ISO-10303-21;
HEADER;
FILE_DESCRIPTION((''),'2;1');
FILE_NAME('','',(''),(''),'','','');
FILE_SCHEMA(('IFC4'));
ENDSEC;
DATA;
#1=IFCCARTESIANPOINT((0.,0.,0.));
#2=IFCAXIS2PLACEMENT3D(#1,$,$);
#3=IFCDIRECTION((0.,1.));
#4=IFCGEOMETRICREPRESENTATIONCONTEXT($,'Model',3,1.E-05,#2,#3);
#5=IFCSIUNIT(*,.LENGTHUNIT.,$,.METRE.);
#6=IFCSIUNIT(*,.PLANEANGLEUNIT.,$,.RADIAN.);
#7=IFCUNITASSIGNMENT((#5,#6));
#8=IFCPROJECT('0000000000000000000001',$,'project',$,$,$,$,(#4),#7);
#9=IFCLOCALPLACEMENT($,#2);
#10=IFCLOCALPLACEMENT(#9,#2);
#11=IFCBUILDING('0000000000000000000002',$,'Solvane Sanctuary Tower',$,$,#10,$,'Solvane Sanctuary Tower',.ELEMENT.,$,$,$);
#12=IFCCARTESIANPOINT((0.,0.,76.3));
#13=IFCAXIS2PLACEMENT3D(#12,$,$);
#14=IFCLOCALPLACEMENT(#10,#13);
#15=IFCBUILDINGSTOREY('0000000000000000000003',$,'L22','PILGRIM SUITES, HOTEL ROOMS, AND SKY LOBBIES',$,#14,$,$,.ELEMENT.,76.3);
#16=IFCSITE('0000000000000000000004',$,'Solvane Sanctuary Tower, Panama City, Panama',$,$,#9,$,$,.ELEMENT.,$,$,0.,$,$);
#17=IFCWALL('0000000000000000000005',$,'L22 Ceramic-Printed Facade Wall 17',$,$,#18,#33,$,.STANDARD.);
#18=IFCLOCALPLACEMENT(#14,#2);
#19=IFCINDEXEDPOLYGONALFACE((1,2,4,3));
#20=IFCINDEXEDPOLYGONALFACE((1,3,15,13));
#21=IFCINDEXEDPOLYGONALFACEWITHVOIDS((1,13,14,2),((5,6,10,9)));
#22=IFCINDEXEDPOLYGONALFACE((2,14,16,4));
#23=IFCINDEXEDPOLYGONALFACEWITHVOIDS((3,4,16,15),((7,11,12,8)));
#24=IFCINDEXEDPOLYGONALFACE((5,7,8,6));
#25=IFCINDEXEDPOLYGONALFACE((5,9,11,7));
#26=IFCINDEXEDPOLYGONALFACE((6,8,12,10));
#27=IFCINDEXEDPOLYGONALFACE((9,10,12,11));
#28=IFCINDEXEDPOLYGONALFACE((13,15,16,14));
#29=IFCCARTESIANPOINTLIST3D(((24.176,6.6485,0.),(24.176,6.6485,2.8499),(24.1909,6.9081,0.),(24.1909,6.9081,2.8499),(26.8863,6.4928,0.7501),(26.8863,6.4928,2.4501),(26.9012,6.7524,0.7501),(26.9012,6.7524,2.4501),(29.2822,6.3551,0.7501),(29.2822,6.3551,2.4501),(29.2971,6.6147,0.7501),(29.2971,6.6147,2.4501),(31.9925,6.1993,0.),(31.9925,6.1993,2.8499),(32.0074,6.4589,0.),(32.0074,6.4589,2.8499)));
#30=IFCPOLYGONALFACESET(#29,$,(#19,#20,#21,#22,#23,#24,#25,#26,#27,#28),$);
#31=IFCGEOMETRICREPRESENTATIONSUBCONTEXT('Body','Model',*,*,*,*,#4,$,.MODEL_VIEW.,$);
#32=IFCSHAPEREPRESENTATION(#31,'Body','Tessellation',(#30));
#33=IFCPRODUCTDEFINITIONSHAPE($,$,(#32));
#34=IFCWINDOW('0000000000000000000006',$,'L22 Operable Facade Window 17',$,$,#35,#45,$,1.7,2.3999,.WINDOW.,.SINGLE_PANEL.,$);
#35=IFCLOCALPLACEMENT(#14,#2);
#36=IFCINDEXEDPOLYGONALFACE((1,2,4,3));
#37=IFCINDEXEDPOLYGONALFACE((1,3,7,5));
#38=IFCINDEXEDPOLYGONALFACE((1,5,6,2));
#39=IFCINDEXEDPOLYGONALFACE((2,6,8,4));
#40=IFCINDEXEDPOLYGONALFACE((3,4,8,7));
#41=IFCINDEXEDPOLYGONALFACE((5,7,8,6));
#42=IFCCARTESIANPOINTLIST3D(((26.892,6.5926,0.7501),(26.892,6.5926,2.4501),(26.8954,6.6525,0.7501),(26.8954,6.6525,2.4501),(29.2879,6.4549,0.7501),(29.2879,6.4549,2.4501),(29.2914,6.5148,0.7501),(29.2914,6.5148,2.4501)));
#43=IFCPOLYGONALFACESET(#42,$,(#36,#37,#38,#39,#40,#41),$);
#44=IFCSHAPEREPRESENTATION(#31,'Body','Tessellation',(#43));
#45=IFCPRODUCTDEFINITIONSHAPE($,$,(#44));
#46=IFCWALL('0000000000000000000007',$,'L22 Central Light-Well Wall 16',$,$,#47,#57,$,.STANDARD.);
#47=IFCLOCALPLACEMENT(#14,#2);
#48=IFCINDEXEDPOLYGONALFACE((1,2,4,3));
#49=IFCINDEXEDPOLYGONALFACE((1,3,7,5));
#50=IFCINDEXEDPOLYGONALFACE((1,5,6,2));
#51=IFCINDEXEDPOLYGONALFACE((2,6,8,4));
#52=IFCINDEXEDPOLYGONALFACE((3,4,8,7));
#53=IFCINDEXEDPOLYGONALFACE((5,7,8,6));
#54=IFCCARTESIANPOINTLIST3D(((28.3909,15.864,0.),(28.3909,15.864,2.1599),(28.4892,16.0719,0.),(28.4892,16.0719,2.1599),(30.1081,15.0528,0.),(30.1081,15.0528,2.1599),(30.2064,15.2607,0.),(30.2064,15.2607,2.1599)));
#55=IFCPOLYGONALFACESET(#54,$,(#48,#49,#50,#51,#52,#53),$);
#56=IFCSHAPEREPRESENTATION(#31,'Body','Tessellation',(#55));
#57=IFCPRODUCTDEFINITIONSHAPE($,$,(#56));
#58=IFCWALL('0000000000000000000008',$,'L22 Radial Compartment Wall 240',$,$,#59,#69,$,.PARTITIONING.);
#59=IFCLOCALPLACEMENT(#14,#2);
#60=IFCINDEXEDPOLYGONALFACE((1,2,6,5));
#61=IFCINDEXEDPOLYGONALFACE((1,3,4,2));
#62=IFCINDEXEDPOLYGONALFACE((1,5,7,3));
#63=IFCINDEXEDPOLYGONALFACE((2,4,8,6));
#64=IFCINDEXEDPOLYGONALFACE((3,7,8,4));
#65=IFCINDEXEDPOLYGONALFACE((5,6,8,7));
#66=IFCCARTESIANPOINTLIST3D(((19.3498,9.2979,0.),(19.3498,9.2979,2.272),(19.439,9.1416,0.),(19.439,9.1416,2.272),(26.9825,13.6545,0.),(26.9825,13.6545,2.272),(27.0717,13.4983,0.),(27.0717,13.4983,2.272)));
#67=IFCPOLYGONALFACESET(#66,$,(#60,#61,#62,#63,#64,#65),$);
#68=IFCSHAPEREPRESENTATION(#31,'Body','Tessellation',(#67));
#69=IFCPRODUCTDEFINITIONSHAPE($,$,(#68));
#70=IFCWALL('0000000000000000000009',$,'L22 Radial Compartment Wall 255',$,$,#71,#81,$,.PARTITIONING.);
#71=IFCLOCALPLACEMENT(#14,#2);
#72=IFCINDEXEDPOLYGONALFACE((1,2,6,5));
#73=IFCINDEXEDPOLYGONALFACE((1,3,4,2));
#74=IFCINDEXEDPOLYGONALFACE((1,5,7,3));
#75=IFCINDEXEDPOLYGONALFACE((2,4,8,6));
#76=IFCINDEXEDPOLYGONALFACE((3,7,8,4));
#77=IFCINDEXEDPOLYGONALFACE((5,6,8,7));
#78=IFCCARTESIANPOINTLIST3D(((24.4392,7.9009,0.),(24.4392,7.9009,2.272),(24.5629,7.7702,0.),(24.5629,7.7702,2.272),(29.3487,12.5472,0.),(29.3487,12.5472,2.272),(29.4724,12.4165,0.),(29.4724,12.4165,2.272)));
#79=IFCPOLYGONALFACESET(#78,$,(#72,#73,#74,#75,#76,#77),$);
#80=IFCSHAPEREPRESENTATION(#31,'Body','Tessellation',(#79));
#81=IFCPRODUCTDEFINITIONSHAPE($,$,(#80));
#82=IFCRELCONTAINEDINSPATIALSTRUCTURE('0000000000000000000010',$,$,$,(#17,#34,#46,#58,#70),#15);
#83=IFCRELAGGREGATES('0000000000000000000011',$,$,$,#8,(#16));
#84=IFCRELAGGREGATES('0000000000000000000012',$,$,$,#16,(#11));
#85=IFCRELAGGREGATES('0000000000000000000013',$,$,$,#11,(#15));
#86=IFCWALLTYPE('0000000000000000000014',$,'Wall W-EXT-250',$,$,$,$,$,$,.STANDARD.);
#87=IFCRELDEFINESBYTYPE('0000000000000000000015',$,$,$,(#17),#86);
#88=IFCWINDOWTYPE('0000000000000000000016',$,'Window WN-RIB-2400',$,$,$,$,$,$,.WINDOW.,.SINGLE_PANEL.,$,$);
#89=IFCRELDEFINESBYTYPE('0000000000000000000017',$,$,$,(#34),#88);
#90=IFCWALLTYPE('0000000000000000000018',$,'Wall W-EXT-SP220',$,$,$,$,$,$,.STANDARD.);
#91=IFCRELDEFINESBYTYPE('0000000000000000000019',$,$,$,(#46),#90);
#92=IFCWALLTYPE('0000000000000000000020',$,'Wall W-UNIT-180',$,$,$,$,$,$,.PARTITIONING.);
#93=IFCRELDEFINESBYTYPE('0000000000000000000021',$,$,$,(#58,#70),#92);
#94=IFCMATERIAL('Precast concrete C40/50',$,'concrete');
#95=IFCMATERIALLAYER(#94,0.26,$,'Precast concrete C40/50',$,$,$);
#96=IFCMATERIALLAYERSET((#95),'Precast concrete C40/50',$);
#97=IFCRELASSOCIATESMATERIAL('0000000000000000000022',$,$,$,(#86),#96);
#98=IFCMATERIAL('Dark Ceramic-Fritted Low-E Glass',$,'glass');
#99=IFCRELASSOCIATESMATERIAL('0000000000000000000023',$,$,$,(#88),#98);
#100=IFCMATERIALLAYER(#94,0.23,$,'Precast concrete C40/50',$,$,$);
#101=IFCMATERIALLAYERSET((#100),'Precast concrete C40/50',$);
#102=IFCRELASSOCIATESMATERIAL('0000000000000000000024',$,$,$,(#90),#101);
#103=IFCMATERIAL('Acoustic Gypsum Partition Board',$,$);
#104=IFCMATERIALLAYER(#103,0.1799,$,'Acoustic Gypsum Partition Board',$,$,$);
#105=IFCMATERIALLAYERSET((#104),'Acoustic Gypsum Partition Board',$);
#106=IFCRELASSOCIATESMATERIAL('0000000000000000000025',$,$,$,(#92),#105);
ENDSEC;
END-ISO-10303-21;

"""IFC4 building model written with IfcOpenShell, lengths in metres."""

from ifc_helpers import new_model, si_unit, direction, frame, frame_2d, origin, place, context, subcontext, project, spatial, rectangle, extrude, material, layer, layer_set, type_object, element, fill, save


model = new_model("IFC4")

# Units and contexts
model_context = context("Model", 3, precision=1e-05, world=origin(), true_north=direction((0.0, 1.0)))
body_context = subcontext(model_context, "Body", "Model", "MODEL_VIEW")
ifc_project = project(units=[si_unit("LENGTHUNIT", "METRE"), si_unit("PLANEANGLEUNIT", "RADIAN")], contexts=[model_context])

# Site, building, storey
site_placement = place(None, origin())
site = spatial("IfcSite", under=ifc_project, at=site_placement, Name="Solvane Sanctuary Tower, Panama City, Panama", CompositionType="ELEMENT", RefElevation=0.0)
building_placement = place(site_placement, origin())
building = spatial("IfcBuilding", under=site, at=building_placement, Name="Solvane Sanctuary Tower", LongName="Solvane Sanctuary Tower", CompositionType="ELEMENT")
storey_placement = place(building_placement, frame((0.0, 0.0, 76.3)))
storey = spatial("IfcBuildingStorey", under=building, at=storey_placement, Name="L22", Description="PILGRIM SUITES, HOTEL ROOMS, AND SKY LOBBIES", CompositionType="ELEMENT", Elevation=76.3)

# Shared definitions
ifc_material_1 = material(Name="Acoustic Gypsum Partition Board")

# Wall, opening, window
ifc_material_2 = material(Name="Precast concrete C40/50", Category="concrete")
ifc_layer_1 = layer(ifc_material_2, 0.26, Name="Precast concrete C40/50")
ifc_layer_set_1 = layer_set([ifc_layer_1], Name="Precast concrete C40/50")
wall_type_1 = type_object("IfcWallType", Name="Wall W-EXT-250", PredefinedType="STANDARD", material=ifc_layer_set_1)
wall_1_placement = place(storey_placement, frame((24.1836, 6.7783, 0.0), z_axis=(0.0, 0.0, 1.0), x_axis=(0.998353, -0.057377, 0.0)))
wall_1 = element("IfcWall", 1, at=wall_1_placement, inside=storey, type_object=wall_type_1, Name="L22 Ceramic-Printed Facade Wall 17", PredefinedType="STANDARD", context=body_context, shape_type="SweptSolid", body=[
    extrude(rectangle(XDim=7.8293, YDim=0.26, at=frame_2d((3.9146, 0.0))), origin(), (0.0, 0.0, 1.0), 2.8499),
])
opening_1_placement = place(wall_1_placement, frame((2.7146, 0.0, 0.75)))
opening_1 = element("IfcOpeningElement", 2, at=opening_1_placement, cuts=wall_1, PredefinedType="OPENING", context=body_context, shape_type="SweptSolid", body=[
    extrude(rectangle(XDim=2.3999, YDim=1.7, at=frame_2d((1.2, 0.8501))), frame((0.0, 0.1399, 0.0), z_axis=(0.0, -1.0, 0.0), x_axis=(1.0, 0.0, 0.0)), (0.0, 0.0, 1.0), 0.28),
])
ifc_material_3 = material(Name="Dark Ceramic-Fritted Low-E Glass", Category="glass")
window_type = type_object("IfcWindowType", Name="Window WN-RIB-2400", PartitioningType="SINGLE_PANEL", PredefinedType="WINDOW", material=ifc_material_3)
window_placement = place(opening_1_placement, origin())
window = element("IfcWindow", 3, at=window_placement, inside=storey, type_object=window_type, Name="L22 Operable Facade Window 17", OverallHeight=1.7, OverallWidth=2.3999, PartitioningType="SINGLE_PANEL", PredefinedType="WINDOW", context=body_context, shape_type="SweptSolid", body=[
    extrude(rectangle(XDim=2.3999, YDim=1.7, at=frame_2d((1.2, 0.8501))), frame((0.0, 0.03, 0.0), z_axis=(0.0, -1.0, 0.0), x_axis=(1.0, 0.0, 0.0)), (0.0, 0.0, 1.0), 0.0601),
])
fill(opening_1, window)

# Walls
ifc_layer_2 = layer(ifc_material_2, 0.23, Name="Precast concrete C40/50")
ifc_layer_set_2 = layer_set([ifc_layer_2], Name="Precast concrete C40/50")
wall_type_2 = type_object("IfcWallType", Name="Wall W-EXT-SP220", PredefinedType="STANDARD", material=ifc_layer_set_2)
wall_2_placement = place(storey_placement, frame((28.4399, 15.968, 0.0), z_axis=(0.0, 0.0, 1.0), x_axis=(0.90418, -0.427152, 0.0)))
element("IfcWall", 4, at=wall_2_placement, inside=storey, type_object=wall_type_2, Name="L22 Central Light-Well Wall 16", PredefinedType="STANDARD", context=body_context, shape_type="SweptSolid", body=[
    extrude(rectangle(XDim=1.8992, YDim=0.23, at=frame_2d((0.9497, 0.0))), origin(), (0.0, 0.0, 1.0), 2.1599),
])
ifc_layer_3 = layer(ifc_material_1, 0.1799, Name="Acoustic Gypsum Partition Board")
ifc_layer_set_3 = layer_set([ifc_layer_3], Name="Acoustic Gypsum Partition Board")
wall_type_3 = type_object("IfcWallType", Name="Wall W-UNIT-180", PredefinedType="PARTITIONING", material=ifc_layer_set_3)
wall_3_placement = place(storey_placement, frame((27.0271, 13.5764, 0.0), z_axis=(0.0, 0.0, 1.0), x_axis=(-0.868484, -0.495717, 0.0)))
element("IfcWall", 5, at=wall_3_placement, inside=storey, type_object=wall_type_3, Name="L22 Radial Compartment Wall 240", PredefinedType="PARTITIONING", context=body_context, shape_type="SweptSolid", body=[
    extrude(rectangle(XDim=8.7886, YDim=0.1799, at=frame_2d((4.3943, 0.0))), origin(), (0.0, 0.0, 1.0), 2.272),
])
wall_4_placement = place(storey_placement, frame((29.4106, 12.4819, 0.0), z_axis=(0.0, 0.0, 1.0), x_axis=(-0.726307, -0.687371, 0.0)))
element("IfcWall", 6, at=wall_4_placement, inside=storey, type_object=wall_type_3, Name="L22 Radial Compartment Wall 255", PredefinedType="PARTITIONING", context=body_context, shape_type="SweptSolid", body=[
    extrude(rectangle(XDim=6.7595, YDim=0.1799, at=frame_2d((3.3799, 0.0))), origin(), (0.0, 0.0, 1.0), 2.272),
])

save(model, "model.ifc")
